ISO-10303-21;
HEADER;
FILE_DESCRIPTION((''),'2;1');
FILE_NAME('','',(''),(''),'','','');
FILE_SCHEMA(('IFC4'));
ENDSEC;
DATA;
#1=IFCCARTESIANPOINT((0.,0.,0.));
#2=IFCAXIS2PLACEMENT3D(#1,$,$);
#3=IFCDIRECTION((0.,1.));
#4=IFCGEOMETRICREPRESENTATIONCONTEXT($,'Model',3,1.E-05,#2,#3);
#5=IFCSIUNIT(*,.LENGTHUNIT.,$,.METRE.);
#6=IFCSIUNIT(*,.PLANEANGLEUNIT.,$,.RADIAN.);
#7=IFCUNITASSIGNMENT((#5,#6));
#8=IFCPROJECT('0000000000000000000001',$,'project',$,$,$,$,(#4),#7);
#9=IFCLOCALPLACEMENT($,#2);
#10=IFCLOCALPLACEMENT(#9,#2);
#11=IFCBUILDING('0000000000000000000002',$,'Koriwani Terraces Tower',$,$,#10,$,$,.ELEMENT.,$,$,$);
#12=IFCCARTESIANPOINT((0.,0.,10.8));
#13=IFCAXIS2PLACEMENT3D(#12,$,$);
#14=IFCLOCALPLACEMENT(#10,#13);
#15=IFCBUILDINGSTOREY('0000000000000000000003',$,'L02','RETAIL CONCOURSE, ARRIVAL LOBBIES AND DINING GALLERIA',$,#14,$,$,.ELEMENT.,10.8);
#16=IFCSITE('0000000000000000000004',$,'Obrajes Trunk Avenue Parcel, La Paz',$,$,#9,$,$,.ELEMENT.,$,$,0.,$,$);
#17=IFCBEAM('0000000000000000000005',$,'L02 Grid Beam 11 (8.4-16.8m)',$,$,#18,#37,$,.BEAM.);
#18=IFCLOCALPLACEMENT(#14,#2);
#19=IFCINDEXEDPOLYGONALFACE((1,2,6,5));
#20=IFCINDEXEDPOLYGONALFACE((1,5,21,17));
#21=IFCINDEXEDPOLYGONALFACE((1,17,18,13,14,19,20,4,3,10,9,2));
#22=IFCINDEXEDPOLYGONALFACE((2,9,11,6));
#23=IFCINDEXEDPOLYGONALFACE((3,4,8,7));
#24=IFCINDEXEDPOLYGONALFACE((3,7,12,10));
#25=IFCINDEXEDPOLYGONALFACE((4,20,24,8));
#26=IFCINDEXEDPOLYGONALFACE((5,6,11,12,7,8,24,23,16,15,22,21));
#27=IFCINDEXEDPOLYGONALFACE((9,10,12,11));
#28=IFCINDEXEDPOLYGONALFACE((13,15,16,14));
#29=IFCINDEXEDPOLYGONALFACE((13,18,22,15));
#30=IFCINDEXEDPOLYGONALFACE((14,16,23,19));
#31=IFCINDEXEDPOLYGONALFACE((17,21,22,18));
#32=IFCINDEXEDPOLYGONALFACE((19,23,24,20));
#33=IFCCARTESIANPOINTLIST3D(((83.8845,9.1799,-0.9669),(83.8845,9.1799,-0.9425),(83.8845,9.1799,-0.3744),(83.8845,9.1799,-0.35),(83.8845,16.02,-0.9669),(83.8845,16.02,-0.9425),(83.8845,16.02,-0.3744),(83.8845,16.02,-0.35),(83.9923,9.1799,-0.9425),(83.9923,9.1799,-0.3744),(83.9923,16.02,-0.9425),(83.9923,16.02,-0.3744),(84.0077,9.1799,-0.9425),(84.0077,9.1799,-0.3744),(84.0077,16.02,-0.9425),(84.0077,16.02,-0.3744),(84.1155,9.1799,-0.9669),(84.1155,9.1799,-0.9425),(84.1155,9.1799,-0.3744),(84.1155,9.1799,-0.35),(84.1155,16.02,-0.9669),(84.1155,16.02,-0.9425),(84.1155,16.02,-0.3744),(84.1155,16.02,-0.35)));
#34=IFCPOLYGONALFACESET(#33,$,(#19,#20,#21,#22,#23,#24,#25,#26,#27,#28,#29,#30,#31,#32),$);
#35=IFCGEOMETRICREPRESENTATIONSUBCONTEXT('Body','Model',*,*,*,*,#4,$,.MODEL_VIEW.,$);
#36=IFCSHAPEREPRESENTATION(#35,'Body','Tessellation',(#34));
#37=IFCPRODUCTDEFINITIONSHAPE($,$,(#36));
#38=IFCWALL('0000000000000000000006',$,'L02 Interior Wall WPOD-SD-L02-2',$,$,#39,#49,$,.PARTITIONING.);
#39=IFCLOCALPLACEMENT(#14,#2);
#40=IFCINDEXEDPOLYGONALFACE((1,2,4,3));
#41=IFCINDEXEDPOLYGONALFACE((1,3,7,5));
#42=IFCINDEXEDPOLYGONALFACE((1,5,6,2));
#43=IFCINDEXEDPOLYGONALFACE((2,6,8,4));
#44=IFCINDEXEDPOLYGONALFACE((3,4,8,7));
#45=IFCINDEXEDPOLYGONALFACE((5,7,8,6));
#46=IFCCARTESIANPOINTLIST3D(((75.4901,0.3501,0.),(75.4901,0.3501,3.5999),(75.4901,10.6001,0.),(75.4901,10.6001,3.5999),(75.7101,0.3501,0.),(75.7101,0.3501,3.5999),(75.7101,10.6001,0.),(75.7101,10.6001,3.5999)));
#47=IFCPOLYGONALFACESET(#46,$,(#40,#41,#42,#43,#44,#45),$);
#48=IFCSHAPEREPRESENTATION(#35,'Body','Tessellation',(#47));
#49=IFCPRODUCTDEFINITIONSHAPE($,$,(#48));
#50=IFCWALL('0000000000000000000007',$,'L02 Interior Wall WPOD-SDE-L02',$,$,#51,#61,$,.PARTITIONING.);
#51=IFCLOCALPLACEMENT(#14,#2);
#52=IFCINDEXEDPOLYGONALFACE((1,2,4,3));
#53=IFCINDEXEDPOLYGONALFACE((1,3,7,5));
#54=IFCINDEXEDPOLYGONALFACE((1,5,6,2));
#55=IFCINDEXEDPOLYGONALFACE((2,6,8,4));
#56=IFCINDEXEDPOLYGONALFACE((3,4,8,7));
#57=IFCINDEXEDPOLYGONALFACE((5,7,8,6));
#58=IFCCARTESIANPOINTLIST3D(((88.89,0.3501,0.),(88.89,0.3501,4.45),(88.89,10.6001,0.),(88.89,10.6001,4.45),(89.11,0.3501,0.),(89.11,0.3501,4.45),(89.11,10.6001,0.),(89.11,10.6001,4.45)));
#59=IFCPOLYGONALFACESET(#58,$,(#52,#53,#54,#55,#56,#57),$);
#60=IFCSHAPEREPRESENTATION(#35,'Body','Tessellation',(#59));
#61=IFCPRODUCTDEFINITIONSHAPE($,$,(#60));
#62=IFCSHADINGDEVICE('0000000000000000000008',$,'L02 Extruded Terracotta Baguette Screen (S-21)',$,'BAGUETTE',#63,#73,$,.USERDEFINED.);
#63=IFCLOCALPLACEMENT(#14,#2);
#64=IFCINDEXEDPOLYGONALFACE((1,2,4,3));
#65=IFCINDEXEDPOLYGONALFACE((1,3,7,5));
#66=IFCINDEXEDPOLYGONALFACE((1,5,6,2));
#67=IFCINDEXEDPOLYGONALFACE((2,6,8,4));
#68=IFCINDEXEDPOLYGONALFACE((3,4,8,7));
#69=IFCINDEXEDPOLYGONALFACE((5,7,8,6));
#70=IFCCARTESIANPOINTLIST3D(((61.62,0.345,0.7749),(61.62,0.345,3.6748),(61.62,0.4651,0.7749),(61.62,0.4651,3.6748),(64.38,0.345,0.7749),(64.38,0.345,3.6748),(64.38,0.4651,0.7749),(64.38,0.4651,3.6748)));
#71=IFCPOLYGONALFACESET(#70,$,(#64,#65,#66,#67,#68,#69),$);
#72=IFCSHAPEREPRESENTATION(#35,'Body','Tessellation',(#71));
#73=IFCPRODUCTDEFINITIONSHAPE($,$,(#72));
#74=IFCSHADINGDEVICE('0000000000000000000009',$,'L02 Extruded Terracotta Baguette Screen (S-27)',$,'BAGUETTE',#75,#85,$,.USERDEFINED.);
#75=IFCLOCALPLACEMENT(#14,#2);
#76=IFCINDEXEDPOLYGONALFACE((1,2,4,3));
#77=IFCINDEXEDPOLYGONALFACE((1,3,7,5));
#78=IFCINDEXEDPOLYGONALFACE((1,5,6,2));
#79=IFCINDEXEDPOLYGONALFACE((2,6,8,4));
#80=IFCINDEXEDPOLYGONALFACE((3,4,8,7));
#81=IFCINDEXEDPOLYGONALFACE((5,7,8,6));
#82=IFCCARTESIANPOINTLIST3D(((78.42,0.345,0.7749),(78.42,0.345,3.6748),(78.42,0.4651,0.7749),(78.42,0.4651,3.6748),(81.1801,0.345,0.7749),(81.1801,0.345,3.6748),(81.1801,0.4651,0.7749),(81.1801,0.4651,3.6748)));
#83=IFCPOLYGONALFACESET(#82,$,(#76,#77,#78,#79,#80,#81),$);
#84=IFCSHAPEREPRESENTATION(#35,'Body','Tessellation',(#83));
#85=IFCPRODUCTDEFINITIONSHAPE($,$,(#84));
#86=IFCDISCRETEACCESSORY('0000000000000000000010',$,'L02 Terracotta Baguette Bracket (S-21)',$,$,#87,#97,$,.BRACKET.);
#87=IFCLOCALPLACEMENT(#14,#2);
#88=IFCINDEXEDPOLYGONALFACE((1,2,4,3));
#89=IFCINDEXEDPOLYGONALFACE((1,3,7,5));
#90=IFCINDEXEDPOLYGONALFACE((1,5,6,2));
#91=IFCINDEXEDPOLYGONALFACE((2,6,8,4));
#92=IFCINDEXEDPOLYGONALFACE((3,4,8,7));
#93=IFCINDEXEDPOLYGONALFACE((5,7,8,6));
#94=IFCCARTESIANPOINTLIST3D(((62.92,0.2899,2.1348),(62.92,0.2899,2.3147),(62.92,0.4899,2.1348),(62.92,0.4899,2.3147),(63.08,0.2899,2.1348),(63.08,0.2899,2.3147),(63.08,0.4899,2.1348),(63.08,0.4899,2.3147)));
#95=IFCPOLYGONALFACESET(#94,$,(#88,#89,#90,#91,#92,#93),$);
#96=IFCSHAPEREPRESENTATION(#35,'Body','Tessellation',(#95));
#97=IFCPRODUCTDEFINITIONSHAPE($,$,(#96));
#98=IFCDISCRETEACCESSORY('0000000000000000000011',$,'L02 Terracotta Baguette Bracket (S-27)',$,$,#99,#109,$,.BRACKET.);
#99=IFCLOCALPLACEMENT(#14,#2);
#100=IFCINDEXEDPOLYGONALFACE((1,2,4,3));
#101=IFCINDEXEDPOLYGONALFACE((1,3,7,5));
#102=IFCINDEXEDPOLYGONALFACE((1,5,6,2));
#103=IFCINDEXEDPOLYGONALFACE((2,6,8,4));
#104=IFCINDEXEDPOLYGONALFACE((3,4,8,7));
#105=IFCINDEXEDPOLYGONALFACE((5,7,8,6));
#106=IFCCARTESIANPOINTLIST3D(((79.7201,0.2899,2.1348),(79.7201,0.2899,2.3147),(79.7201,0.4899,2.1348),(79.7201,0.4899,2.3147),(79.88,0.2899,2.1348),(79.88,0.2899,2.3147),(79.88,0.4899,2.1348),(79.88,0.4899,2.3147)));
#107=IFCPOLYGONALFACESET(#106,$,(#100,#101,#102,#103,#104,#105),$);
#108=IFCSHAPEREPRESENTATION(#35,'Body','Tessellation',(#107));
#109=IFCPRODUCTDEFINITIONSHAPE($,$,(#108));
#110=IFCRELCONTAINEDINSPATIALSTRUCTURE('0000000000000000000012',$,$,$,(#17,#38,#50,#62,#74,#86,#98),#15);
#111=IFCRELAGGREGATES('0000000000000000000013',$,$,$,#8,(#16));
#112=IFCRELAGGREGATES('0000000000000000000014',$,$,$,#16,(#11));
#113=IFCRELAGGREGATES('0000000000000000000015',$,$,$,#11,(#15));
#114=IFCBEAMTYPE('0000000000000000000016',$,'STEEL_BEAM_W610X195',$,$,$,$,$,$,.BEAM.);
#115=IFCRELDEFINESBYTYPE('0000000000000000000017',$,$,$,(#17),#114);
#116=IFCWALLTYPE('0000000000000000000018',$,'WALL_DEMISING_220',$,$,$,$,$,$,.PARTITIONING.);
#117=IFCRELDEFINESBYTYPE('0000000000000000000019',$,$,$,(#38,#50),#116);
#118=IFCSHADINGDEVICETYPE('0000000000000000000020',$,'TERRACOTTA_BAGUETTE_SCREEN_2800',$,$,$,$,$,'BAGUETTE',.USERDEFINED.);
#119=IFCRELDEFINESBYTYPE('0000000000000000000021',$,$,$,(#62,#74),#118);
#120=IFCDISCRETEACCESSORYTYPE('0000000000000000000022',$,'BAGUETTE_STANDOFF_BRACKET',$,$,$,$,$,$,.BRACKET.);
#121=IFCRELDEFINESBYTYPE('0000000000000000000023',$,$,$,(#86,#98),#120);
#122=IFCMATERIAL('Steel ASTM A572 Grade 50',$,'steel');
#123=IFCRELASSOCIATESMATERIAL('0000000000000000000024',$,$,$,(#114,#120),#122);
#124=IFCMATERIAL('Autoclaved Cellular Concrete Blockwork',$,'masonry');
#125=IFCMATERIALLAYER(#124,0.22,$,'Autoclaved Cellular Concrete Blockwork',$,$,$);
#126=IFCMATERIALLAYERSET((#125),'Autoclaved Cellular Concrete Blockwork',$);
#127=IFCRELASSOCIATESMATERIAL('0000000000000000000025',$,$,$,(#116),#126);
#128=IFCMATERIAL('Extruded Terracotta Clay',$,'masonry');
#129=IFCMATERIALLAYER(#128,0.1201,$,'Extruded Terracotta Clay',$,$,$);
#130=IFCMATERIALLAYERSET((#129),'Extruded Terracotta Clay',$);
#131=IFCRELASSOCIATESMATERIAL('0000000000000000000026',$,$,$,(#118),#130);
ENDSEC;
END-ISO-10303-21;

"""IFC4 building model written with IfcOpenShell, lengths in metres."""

from ifc_helpers import new_model, si_unit, direction, frame, frame_2d, origin, origin_2d, place, context, subcontext, project, spatial, rectangle, i_section, extrude, material, layer, layer_set, material_profile, profile_set, type_object, element, save


model = new_model("IFC4")

# Units and contexts
model_context = context("Model", 3, precision=1e-05, world=origin(), true_north=direction((0.0, 1.0)))
body_context = subcontext(model_context, "Body", "Model", "MODEL_VIEW")
ifc_project = project(units=[si_unit("LENGTHUNIT", "METRE"), si_unit("PLANEANGLEUNIT", "RADIAN")], contexts=[model_context])

# Site, building, storey
site_placement = place(None, origin())
site = spatial("IfcSite", under=ifc_project, at=site_placement, Name="Obrajes Trunk Avenue Parcel, La Paz", CompositionType="ELEMENT", RefElevation=0.0)
building_placement = place(site_placement, origin())
building = spatial("IfcBuilding", under=site, at=building_placement, Name="Koriwani Terraces Tower", CompositionType="ELEMENT")
storey_placement = place(building_placement, frame((0.0, 0.0, 10.8)))
storey = spatial("IfcBuildingStorey", under=building, at=storey_placement, Name="L02", Description="RETAIL CONCOURSE, ARRIVAL LOBBIES AND DINING GALLERIA", CompositionType="ELEMENT", Elevation=10.8)

# Beam
ifc_material_1 = material(Name="Steel ASTM A572 Grade 50", Category="steel")
ifc_material_profile_1 = material_profile(ifc_material_1, i_section(OverallWidth=0.231, OverallDepth=0.6169, WebThickness=0.0154, FlangeThickness=0.0244, at=origin_2d()), Name="Steel ASTM A572 Grade 50", Category="LoadBearing")
ifc_profile_set_1 = profile_set([ifc_material_profile_1], Name="Steel ASTM A572 Grade 50")
beam_type_1 = type_object("IfcBeamType", Name="STEEL_BEAM_W610X195", PredefinedType="BEAM", material=ifc_profile_set_1)
beam_1_placement = place(storey_placement, frame((84.0, 9.1799, -0.6584), z_axis=(0.0, 1.0, 0.0), x_axis=(-1.0, 0.0, 0.0)))
element("IfcBeam", 1, at=beam_1_placement, inside=storey, type_object=beam_type_1, Name="L02 Grid Beam 11 (8.4-16.8m)", PredefinedType="BEAM", context=body_context, shape_type="SweptSolid", body=[
    extrude(i_section(OverallWidth=0.231, OverallDepth=0.6169, WebThickness=0.0154, FlangeThickness=0.0244, at=origin_2d()), origin(), (0.0, 0.0, 1.0), 6.8401),
])

# Walls
ifc_material_2 = material(Name="Autoclaved Cellular Concrete Blockwork", Category="masonry")
ifc_layer_1 = layer(ifc_material_2, 0.22, Name="Autoclaved Cellular Concrete Blockwork")
ifc_layer_set_1 = layer_set([ifc_layer_1], Name="Autoclaved Cellular Concrete Blockwork")
wall_type = type_object("IfcWallType", Name="WALL_DEMISING_220", PredefinedType="PARTITIONING", material=ifc_layer_set_1)
wall_1_placement = place(storey_placement, frame((75.6001, 0.3501, 0.0), z_axis=(0.0, 0.0, 1.0), x_axis=(0.0, 1.0, 0.0)))
element("IfcWall", 2, at=wall_1_placement, inside=storey, type_object=wall_type, Name="L02 Interior Wall WPOD-SD-L02-2", PredefinedType="PARTITIONING", context=body_context, shape_type="SweptSolid", body=[
    extrude(rectangle(XDim=10.25, YDim=0.22, at=frame_2d((5.125, 0.0))), origin(), (0.0, 0.0, 1.0), 3.5999),
])
wall_2_placement = place(storey_placement, frame((89.0, 0.3501, 0.0), z_axis=(0.0, 0.0, 1.0), x_axis=(0.0, 1.0, 0.0)))
element("IfcWall", 3, at=wall_2_placement, inside=storey, type_object=wall_type, Name="L02 Interior Wall WPOD-SDE-L02", PredefinedType="PARTITIONING", context=body_context, shape_type="SweptSolid", body=[
    extrude(rectangle(XDim=10.25, YDim=0.22, at=frame_2d((5.125, 0.0))), origin(), (0.0, 0.0, 1.0), 4.45),
])

# Shading devices
ifc_material_3 = material(Name="Extruded Terracotta Clay", Category="masonry")
ifc_layer_2 = layer(ifc_material_3, 0.1201, Name="Extruded Terracotta Clay")
ifc_layer_set_2 = layer_set([ifc_layer_2], Name="Extruded Terracotta Clay")
shading_device_type = type_object("IfcShadingDeviceType", Name="TERRACOTTA_BAGUETTE_SCREEN_2800", ElementType="BAGUETTE", PredefinedType="USERDEFINED", material=ifc_layer_set_2)
for number, where, z_axis, x_axis, name in (
    (4, (63.0, 0.405, 0.7749), (0.0, 0.0, 1.0), (-1.0, 0.0, 0.0), "L02 Extruded Terracotta Baguette Screen (S-21)"),
    (5, (79.8, 0.405, 0.7749), (0.0, 0.0, 1.0), (-1.0, 0.0, 0.0), "L02 Extruded Terracotta Baguette Screen (S-27)"),
):
    element("IfcShadingDevice", number, at=place(storey_placement, frame(where, z_axis=z_axis, x_axis=x_axis)), inside=storey, type_object=shading_device_type, Name=name, ObjectType="BAGUETTE", PredefinedType="USERDEFINED", context=body_context, shape_type="SweptSolid", body=[
        extrude(rectangle(XDim=2.76, YDim=0.1201, at=origin_2d()), origin(), (0.0, 0.0, 1.0), 2.8999),
    ])

# Discrete accessories
discrete_accessory_type = type_object("IfcDiscreteAccessoryType", Name="BAGUETTE_STANDOFF_BRACKET", PredefinedType="BRACKET", material=ifc_material_1)
for number, where, z_axis, x_axis, name in (
    (6, (63.0, 0.3899, 2.1348), (0.0, 0.0, 1.0), (-1.0, 0.0, 0.0), "L02 Terracotta Baguette Bracket (S-21)"),
    (7, (79.8, 0.3899, 2.1348), (0.0, 0.0, 1.0), (-1.0, 0.0, 0.0), "L02 Terracotta Baguette Bracket (S-27)"),
):
    element("IfcDiscreteAccessory", number, at=place(storey_placement, frame(where, z_axis=z_axis, x_axis=x_axis)), inside=storey, type_object=discrete_accessory_type, Name=name, PredefinedType="BRACKET", context=body_context, shape_type="SweptSolid", body=[
        extrude(rectangle(XDim=0.1599, YDim=0.2, at=origin_2d()), origin(), (0.0, 0.0, 1.0), 0.1799),
    ])

save(model, "model.ifc")
